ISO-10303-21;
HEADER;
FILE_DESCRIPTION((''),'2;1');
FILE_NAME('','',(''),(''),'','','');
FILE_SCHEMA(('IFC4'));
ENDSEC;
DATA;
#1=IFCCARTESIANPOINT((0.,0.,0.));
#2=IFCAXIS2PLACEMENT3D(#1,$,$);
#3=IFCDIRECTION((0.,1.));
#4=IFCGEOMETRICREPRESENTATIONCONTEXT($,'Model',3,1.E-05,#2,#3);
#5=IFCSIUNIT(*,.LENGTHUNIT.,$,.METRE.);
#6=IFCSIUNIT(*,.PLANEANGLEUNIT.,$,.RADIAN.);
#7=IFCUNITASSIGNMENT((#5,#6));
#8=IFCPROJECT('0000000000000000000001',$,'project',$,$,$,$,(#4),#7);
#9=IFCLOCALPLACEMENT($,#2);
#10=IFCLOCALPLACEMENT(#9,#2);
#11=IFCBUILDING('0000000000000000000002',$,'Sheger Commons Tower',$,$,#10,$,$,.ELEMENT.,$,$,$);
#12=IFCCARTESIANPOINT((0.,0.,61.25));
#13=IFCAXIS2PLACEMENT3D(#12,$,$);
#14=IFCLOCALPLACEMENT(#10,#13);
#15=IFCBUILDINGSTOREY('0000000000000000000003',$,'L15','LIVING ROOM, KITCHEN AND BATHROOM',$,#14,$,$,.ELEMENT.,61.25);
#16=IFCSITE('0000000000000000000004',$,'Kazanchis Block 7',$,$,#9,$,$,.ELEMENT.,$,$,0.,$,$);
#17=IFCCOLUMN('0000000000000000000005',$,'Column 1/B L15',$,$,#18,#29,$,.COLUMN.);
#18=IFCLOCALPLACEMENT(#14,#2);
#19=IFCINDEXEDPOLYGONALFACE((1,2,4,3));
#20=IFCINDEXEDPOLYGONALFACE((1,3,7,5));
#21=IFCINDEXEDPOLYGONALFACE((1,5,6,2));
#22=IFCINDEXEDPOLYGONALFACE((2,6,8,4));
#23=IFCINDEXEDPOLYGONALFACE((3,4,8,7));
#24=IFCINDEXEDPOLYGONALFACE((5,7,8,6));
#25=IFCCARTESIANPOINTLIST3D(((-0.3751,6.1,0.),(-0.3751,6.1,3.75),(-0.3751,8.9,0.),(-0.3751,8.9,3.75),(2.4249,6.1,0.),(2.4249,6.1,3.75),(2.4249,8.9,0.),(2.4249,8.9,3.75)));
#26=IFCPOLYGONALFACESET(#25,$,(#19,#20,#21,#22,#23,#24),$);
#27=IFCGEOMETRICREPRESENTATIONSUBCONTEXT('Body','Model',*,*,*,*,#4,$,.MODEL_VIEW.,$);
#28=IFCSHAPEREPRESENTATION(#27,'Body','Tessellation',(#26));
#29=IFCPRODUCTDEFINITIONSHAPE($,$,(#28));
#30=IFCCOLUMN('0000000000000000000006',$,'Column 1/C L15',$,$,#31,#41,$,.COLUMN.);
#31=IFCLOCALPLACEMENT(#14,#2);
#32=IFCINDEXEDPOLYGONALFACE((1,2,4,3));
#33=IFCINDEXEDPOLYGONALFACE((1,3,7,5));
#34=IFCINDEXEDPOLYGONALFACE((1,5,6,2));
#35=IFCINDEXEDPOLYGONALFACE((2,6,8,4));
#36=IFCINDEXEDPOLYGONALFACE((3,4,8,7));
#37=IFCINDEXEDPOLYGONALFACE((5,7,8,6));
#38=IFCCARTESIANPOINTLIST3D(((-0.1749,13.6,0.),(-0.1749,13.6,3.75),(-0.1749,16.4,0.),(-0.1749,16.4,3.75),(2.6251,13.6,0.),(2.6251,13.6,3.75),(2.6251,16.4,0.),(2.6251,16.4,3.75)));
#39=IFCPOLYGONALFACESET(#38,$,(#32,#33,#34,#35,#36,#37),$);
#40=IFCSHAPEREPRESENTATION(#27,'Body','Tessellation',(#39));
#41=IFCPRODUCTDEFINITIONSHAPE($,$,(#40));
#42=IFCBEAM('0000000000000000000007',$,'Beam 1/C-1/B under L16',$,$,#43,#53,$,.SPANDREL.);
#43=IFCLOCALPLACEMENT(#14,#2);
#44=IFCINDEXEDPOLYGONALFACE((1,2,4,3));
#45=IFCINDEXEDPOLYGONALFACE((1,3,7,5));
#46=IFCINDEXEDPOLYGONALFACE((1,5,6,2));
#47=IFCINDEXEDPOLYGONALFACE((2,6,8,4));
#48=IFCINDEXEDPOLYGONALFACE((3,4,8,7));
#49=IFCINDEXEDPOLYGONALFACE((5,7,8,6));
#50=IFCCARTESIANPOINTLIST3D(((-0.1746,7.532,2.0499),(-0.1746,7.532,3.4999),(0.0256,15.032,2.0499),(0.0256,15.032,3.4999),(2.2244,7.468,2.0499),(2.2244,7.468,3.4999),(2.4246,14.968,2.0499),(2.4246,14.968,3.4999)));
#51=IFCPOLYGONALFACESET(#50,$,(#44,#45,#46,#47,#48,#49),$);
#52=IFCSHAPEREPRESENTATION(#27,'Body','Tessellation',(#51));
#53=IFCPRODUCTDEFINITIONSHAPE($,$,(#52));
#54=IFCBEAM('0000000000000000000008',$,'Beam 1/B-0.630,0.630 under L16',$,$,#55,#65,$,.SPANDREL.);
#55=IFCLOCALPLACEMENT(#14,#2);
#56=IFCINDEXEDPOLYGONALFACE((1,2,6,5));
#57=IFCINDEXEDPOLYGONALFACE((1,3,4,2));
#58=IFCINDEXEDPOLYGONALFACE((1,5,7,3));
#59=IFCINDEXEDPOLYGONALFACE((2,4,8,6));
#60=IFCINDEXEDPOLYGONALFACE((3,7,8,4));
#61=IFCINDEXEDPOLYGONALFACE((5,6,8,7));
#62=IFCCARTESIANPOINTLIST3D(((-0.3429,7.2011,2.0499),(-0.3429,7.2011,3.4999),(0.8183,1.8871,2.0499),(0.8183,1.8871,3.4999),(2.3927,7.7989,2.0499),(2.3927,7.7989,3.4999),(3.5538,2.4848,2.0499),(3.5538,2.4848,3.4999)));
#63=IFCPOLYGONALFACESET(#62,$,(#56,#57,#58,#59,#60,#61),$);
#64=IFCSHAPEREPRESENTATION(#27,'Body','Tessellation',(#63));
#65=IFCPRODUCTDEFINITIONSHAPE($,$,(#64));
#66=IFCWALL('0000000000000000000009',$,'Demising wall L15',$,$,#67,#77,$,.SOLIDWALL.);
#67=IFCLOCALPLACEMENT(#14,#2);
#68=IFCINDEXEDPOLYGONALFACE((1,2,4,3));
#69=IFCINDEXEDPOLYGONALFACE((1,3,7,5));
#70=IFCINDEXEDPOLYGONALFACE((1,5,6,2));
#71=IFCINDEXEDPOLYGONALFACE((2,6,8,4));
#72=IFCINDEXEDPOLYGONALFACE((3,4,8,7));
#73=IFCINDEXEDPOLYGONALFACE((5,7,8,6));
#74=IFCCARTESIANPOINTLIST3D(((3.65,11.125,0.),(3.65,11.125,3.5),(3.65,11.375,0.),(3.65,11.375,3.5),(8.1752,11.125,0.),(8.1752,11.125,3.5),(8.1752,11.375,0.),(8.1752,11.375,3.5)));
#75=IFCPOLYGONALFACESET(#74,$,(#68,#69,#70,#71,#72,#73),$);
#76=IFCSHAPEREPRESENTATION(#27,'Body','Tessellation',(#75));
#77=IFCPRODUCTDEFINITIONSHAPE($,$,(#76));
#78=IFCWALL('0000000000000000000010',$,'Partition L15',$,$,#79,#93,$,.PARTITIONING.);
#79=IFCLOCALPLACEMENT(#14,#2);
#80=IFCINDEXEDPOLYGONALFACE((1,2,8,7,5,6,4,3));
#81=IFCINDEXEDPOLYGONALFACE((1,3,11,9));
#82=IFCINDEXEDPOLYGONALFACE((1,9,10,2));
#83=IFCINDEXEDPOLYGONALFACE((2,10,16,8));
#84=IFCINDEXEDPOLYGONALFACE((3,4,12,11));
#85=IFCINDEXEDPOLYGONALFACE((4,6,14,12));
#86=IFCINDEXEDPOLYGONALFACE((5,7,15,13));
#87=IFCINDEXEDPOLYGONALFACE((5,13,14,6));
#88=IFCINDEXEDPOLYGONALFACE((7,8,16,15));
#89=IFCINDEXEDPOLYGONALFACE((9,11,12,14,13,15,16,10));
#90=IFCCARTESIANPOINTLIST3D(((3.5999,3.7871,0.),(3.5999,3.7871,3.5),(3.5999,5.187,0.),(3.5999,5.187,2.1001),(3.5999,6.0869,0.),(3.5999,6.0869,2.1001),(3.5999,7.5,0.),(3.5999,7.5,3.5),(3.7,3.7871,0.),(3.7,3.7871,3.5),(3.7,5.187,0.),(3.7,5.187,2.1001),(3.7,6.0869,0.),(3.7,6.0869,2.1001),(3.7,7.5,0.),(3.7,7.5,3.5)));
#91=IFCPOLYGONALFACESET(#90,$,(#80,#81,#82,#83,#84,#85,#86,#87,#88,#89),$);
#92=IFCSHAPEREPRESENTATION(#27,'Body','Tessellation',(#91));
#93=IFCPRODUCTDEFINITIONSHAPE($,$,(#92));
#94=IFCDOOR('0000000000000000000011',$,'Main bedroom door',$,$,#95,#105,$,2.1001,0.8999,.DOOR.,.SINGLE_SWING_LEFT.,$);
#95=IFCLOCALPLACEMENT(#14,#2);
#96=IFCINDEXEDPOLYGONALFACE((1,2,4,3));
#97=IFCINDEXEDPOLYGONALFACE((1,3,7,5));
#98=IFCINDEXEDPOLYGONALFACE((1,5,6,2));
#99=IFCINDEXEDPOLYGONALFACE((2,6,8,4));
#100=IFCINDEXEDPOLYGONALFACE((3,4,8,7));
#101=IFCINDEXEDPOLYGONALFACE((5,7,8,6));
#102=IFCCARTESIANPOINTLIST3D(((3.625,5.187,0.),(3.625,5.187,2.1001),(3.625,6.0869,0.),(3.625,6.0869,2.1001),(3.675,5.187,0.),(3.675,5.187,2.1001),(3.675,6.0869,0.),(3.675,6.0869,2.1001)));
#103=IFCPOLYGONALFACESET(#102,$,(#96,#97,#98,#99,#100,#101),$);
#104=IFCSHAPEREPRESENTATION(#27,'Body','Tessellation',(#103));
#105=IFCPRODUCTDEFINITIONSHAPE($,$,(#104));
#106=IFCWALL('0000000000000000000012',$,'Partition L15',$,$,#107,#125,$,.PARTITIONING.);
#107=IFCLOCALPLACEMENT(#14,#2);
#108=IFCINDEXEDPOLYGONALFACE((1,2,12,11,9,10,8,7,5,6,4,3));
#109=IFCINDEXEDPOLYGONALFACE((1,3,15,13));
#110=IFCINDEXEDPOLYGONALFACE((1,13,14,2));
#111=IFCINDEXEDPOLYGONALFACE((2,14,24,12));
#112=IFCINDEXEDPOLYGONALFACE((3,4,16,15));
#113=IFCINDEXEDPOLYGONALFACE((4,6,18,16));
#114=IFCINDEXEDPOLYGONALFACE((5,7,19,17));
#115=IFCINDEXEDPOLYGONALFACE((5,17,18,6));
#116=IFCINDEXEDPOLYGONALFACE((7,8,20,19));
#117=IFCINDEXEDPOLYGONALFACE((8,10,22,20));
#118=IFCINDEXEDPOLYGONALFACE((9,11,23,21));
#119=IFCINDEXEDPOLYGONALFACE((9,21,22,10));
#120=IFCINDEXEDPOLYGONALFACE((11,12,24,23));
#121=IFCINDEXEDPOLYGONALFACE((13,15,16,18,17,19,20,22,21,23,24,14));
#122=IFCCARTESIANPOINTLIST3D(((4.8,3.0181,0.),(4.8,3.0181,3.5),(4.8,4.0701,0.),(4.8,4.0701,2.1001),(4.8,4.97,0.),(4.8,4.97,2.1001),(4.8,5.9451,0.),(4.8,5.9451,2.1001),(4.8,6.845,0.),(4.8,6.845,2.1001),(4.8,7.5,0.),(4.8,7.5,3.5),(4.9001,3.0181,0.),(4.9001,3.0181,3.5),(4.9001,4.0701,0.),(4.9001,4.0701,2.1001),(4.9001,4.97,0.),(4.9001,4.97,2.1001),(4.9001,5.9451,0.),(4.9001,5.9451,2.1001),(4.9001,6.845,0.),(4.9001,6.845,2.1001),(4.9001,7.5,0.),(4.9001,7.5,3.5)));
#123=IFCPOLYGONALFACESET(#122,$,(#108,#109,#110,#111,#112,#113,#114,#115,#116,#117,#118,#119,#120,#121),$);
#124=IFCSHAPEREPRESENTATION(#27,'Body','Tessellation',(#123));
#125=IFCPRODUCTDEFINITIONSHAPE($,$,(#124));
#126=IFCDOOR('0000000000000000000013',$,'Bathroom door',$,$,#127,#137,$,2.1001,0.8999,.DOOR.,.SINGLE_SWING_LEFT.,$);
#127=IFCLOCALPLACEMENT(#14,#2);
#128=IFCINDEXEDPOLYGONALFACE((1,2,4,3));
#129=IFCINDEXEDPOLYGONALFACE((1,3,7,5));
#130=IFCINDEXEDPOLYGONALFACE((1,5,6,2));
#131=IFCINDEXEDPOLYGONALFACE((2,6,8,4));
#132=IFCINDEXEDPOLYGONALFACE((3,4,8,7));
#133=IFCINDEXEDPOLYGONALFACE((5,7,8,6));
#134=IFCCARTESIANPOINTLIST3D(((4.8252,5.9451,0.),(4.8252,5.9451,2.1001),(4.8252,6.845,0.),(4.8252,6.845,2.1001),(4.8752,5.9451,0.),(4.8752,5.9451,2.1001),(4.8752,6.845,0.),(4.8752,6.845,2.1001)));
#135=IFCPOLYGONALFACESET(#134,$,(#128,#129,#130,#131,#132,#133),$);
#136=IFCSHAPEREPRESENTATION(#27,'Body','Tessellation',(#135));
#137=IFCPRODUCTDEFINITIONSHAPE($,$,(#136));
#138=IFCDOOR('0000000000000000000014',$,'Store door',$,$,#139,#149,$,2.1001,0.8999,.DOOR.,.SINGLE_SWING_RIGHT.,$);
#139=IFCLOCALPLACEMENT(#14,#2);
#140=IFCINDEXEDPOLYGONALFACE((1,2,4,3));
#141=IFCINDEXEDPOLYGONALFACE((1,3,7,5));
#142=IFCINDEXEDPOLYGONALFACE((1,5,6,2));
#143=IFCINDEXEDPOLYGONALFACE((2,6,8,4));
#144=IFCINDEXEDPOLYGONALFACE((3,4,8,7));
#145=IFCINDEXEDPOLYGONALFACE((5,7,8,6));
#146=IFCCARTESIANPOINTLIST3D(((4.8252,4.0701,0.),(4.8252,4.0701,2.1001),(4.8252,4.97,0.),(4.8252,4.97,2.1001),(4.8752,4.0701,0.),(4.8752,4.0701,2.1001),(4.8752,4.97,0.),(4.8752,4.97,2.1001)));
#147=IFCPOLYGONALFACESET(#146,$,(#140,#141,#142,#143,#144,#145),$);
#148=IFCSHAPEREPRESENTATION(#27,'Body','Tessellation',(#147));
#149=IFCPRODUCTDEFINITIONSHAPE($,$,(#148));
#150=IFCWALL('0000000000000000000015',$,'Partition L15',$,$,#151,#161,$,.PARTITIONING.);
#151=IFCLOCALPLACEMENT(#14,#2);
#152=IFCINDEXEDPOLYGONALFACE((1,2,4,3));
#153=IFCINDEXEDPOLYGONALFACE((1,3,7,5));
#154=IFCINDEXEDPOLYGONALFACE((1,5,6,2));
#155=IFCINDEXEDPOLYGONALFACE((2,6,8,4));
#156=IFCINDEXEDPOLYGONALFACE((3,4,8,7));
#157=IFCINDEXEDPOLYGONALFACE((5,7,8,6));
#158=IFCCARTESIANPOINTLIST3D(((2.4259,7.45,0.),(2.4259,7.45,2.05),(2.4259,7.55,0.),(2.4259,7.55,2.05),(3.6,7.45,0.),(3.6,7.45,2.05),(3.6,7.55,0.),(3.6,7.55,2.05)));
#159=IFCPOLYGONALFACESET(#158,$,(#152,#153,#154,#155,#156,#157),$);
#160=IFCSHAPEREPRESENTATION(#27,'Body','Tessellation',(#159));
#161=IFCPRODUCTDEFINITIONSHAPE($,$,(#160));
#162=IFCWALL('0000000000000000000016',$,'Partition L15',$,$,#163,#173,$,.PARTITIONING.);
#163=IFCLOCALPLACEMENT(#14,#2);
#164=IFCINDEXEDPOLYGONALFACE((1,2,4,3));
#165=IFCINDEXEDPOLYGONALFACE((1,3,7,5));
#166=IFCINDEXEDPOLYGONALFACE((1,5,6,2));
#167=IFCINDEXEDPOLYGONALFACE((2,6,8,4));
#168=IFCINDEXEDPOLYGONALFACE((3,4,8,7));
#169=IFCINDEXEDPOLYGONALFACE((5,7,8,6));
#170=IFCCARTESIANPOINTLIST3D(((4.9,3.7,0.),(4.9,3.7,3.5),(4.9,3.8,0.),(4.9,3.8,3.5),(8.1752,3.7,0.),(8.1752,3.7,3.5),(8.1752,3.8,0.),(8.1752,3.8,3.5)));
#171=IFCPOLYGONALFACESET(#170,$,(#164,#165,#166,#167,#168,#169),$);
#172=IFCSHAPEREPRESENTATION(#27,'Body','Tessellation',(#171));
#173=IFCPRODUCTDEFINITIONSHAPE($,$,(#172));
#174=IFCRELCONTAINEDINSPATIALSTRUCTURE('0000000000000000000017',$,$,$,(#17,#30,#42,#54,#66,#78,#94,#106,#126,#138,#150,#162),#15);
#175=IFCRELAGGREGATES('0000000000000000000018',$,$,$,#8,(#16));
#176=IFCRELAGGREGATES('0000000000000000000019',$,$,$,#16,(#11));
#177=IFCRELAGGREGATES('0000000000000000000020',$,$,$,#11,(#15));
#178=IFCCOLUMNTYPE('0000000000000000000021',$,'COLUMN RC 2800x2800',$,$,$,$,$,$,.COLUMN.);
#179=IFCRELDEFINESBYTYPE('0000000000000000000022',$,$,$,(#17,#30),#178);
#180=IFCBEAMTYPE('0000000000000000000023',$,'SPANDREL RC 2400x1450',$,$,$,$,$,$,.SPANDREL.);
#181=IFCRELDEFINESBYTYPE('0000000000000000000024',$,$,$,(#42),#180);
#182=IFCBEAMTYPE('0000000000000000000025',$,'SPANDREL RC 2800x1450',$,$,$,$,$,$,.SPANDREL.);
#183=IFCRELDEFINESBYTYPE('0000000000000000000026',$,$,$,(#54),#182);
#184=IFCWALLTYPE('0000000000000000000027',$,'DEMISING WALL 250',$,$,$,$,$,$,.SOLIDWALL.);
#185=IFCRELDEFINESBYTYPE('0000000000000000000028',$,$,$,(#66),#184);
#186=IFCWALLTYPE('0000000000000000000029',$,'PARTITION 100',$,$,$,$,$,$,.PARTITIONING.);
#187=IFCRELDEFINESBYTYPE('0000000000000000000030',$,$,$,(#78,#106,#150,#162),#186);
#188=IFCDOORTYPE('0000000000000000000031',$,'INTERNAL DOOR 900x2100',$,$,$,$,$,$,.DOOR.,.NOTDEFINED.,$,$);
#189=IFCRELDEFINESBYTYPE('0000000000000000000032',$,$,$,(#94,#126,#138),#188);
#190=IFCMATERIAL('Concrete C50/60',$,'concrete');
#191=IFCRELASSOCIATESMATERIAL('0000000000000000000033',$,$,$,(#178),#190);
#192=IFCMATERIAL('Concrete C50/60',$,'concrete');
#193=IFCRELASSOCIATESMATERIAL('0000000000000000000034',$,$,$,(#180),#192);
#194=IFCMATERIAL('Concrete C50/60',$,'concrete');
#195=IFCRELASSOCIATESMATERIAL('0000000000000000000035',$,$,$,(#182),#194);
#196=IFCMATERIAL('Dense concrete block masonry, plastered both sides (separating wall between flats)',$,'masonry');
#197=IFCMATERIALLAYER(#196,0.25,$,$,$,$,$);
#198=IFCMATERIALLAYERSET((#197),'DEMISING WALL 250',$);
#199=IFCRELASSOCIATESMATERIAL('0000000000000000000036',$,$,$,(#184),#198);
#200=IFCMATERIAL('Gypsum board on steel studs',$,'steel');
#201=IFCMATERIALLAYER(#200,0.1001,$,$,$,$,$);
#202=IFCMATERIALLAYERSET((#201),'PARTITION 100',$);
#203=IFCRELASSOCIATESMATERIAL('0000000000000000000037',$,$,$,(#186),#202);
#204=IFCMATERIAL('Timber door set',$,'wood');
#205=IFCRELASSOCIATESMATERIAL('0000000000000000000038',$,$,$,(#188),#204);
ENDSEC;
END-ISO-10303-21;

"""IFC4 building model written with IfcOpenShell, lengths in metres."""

from ifc_helpers import new_model, si_unit, direction, frame, frame_2d, origin, origin_2d, place, context, subcontext, project, spatial, rectangle, extrude, material, layer, layer_set, material_profile, profile_set, type_object, element, fill, save


model = new_model("IFC4")

# Units and contexts
model_context = context("Model", 3, precision=1e-05, world=origin(), true_north=direction((0.0, 1.0)))
body_context = subcontext(model_context, "Body", "Model", "MODEL_VIEW")
ifc_project = project(units=[si_unit("LENGTHUNIT", "METRE"), si_unit("PLANEANGLEUNIT", "RADIAN")], contexts=[model_context])

# Site, building, storey
site_placement = place(None, origin())
site = spatial("IfcSite", under=ifc_project, at=site_placement, Name="Kazanchis Block 7", CompositionType="ELEMENT", RefElevation=0.0)
building_placement = place(site_placement, origin())
building = spatial("IfcBuilding", under=site, at=building_placement, Name="Sheger Commons Tower", CompositionType="ELEMENT")
storey_placement = place(building_placement, frame((0.0, 0.0, 61.25)))
storey = spatial("IfcBuildingStorey", under=building, at=storey_placement, Name="L15", Description="LIVING ROOM, KITCHEN AND BATHROOM", CompositionType="ELEMENT", Elevation=61.25)

# Columns
ifc_material_1 = material(Name="Concrete C50/60", Category="concrete")
ifc_material_profile_1 = material_profile(ifc_material_1, rectangle(XDim=2.8, YDim=2.8, at=origin_2d()), Name="RC 2800x2800")
ifc_profile_set_1 = profile_set([ifc_material_profile_1], Name="Concrete C50/60")
column_type = type_object("IfcColumnType", Name="COLUMN RC 2800x2800", PredefinedType="COLUMN", material=ifc_profile_set_1)
for number, where, z_axis, x_axis, name in (
    (1, (1.0249, 7.5, 0.0), (0.0, 0.0, 1.0), (1.0, 0.0, 0.0), "Column 1/B L15"),
    (2, (1.2251, 15.0, 0.0), (0.0, 0.0, 1.0), (1.0, 0.0, 0.0), "Column 1/C L15"),
):
    element("IfcColumn", number, at=place(storey_placement, frame(where, z_axis=z_axis, x_axis=x_axis)), inside=storey, type_object=column_type, Name=name, PredefinedType="COLUMN", context=body_context, shape_type="SweptSolid", body=[
        extrude(rectangle(XDim=2.8, YDim=2.8, at=origin_2d()), origin(), (0.0, 0.0, 1.0), 3.75),
    ])

# Beams
ifc_material_2 = material(Name="Concrete C50/60", Category="concrete")
ifc_material_profile_2 = material_profile(ifc_material_2, rectangle(XDim=2.3999, YDim=1.45, at=origin_2d()), Name="RC 2400x1450")
ifc_profile_set_2 = profile_set([ifc_material_profile_2], Name="Concrete C50/60")
beam_type_1 = type_object("IfcBeamType", Name="SPANDREL RC 2400x1450", PredefinedType="SPANDREL", material=ifc_profile_set_2)
beam_1_placement = place(storey_placement, frame((1.2251, 15.0, 2.7749), z_axis=(-0.026683, -0.999644, 0.0), x_axis=(0.999644, -0.026683, 0.0)))
element("IfcBeam", 3, at=beam_1_placement, inside=storey, type_object=beam_type_1, Name="Beam 1/C-1/B under L16", PredefinedType="SPANDREL", context=body_context, shape_type="SweptSolid", body=[
    extrude(rectangle(XDim=2.3999, YDim=1.45, at=origin_2d()), origin(), (0.0, 0.0, 1.0), 7.5027),
])
ifc_material_3 = material(Name="Concrete C50/60", Category="concrete")
ifc_material_profile_3 = material_profile(ifc_material_3, rectangle(XDim=2.8, YDim=1.45, at=origin_2d()), Name="RC 2800x1450")
ifc_profile_set_3 = profile_set([ifc_material_profile_3], Name="Concrete C50/60")
beam_type_2 = type_object("IfcBeamType", Name="SPANDREL RC 2800x1450", PredefinedType="SPANDREL", material=ifc_profile_set_3)
beam_2_placement = place(storey_placement, frame((1.0249, 7.5, 2.7749), z_axis=(0.213469, -0.97695, 0.0), x_axis=(0.97695, 0.213469, 0.0)))
element("IfcBeam", 4, at=beam_2_placement, inside=storey, type_object=beam_type_2, Name="Beam 1/B-0.630,0.630 under L16", PredefinedType="SPANDREL", context=body_context, shape_type="SweptSolid", body=[
    extrude(rectangle(XDim=2.8, YDim=1.45, at=origin_2d()), origin(), (0.0, 0.0, 1.0), 5.4395),
])

# Wall
ifc_material_4 = material(Name="Dense concrete block masonry, plastered both sides (separating wall between flats)", Category="masonry")
ifc_layer_1 = layer(ifc_material_4, 0.25)
ifc_layer_set_1 = layer_set([ifc_layer_1], Name="DEMISING WALL 250")
wall_type_1 = type_object("IfcWallType", Name="DEMISING WALL 250", PredefinedType="SOLIDWALL", material=ifc_layer_set_1)
wall_1_placement = place(storey_placement, frame((3.6499, 11.25, 0.0), z_axis=(0.0, 0.0, 1.0), x_axis=(1.0, 0.0, 0.0)))
element("IfcWall", 5, at=wall_1_placement, inside=storey, type_object=wall_type_1, Name="Demising wall L15", PredefinedType="SOLIDWALL", context=body_context, shape_type="SweptSolid", body=[
    extrude(rectangle(XDim=4.5251, YDim=0.25, at=frame_2d((2.2627, 0.0))), origin(), (0.0, 0.0, 1.0), 3.5),
])

# Wall, opening, door
ifc_material_5 = material(Name="Gypsum board on steel studs", Category="steel")
ifc_layer_2 = layer(ifc_material_5, 0.1001)
ifc_layer_set_2 = layer_set([ifc_layer_2], Name="PARTITION 100")
wall_type_2 = type_object("IfcWallType", Name="PARTITION 100", PredefinedType="PARTITIONING", material=ifc_layer_set_2)
wall_2_placement = place(storey_placement, frame((3.6499, 3.7871, 0.0), z_axis=(0.0, 0.0, 1.0), x_axis=(0.0, 1.0, 0.0)))
wall_2 = element("IfcWall", 6, at=wall_2_placement, inside=storey, type_object=wall_type_2, Name="Partition L15", PredefinedType="PARTITIONING", context=body_context, shape_type="SweptSolid", body=[
    extrude(rectangle(XDim=3.7129, YDim=0.1001, at=frame_2d((1.8564, 0.0))), origin(), (0.0, 0.0, 1.0), 3.5),
])
opening_1_placement = place(wall_2_placement, frame((1.3999, 0.0, 0.0)))
opening_1 = element("IfcOpeningElement", 7, at=opening_1_placement, cuts=wall_2, PredefinedType="OPENING", context=body_context, shape_type="SweptSolid", body=[
    extrude(rectangle(XDim=0.8999, YDim=2.1001, at=frame_2d((0.45, 1.05))), frame((0.0, 0.0601, 0.0), z_axis=(0.0, -1.0, 0.0), x_axis=(1.0, 0.0, 0.0)), (0.0, 0.0, 1.0), 0.1201),
])
ifc_material_6 = material(Name="Timber door set", Category="wood")
door_type = type_object("IfcDoorType", Name="INTERNAL DOOR 900x2100", OperationType="NOTDEFINED", PredefinedType="DOOR", material=ifc_material_6)
door_1_placement = place(opening_1_placement, origin())
door_1 = element("IfcDoor", 8, at=door_1_placement, inside=storey, type_object=door_type, Name="Main bedroom door", OperationType="SINGLE_SWING_LEFT", OverallHeight=2.1001, OverallWidth=0.8999, PredefinedType="DOOR", context=body_context, shape_type="SweptSolid", body=[
    extrude(rectangle(XDim=0.8999, YDim=2.1001, at=frame_2d((0.45, 1.05))), frame((0.0, 0.0249, 0.0), z_axis=(0.0, -1.0, 0.0), x_axis=(1.0, 0.0, 0.0)), (0.0, 0.0, 1.0), 0.05),
])
fill(opening_1, door_1)

# Wall, openings, doors
wall_3_placement = place(storey_placement, frame((4.8501, 3.0181, 0.0), z_axis=(0.0, 0.0, 1.0), x_axis=(0.0, 1.0, 0.0)))
wall_3 = element("IfcWall", 9, at=wall_3_placement, inside=storey, type_object=wall_type_2, Name="Partition L15", PredefinedType="PARTITIONING", context=body_context, shape_type="SweptSolid", body=[
    extrude(rectangle(XDim=4.4819, YDim=0.1001, at=frame_2d((2.241, 0.0))), origin(), (0.0, 0.0, 1.0), 3.5),
])
opening_2_placement = place(wall_3_placement, frame((2.927, 0.0, 0.0)))
opening_2 = element("IfcOpeningElement", 10, at=opening_2_placement, cuts=wall_3, PredefinedType="OPENING", context=body_context, shape_type="SweptSolid", body=[
    extrude(rectangle(XDim=0.8999, YDim=2.1001, at=frame_2d((0.45, 1.05))), frame((0.0, 0.0601, 0.0), z_axis=(0.0, -1.0, 0.0), x_axis=(1.0, 0.0, 0.0)), (0.0, 0.0, 1.0), 0.1201),
])
opening_3_placement = place(wall_3_placement, frame((1.052, 0.0, 0.0)))
opening_3 = element("IfcOpeningElement", 11, at=opening_3_placement, cuts=wall_3, PredefinedType="OPENING", context=body_context, shape_type="SweptSolid", body=[
    extrude(rectangle(XDim=0.8999, YDim=2.1001, at=frame_2d((0.45, 1.05))), frame((0.0, 0.0601, 0.0), z_axis=(0.0, -1.0, 0.0), x_axis=(1.0, 0.0, 0.0)), (0.0, 0.0, 1.0), 0.1201),
])
door_2_placement = place(opening_2_placement, origin())
door_2 = element("IfcDoor", 12, at=door_2_placement, inside=storey, type_object=door_type, Name="Bathroom door", OperationType="SINGLE_SWING_LEFT", OverallHeight=2.1001, OverallWidth=0.8999, PredefinedType="DOOR", context=body_context, shape_type="SweptSolid", body=[
    extrude(rectangle(XDim=0.8999, YDim=2.1001, at=frame_2d((0.45, 1.05))), frame((0.0, 0.0249, 0.0), z_axis=(0.0, -1.0, 0.0), x_axis=(1.0, 0.0, 0.0)), (0.0, 0.0, 1.0), 0.05),
])
fill(opening_2, door_2)
door_3_placement = place(opening_3_placement, origin())
door_3 = element("IfcDoor", 13, at=door_3_placement, inside=storey, type_object=door_type, Name="Store door", OperationType="SINGLE_SWING_RIGHT", OverallHeight=2.1001, OverallWidth=0.8999, PredefinedType="DOOR", context=body_context, shape_type="SweptSolid", body=[
    extrude(rectangle(XDim=0.8999, YDim=2.1001, at=frame_2d((0.45, 1.05))), frame((0.0, 0.0249, 0.0), z_axis=(0.0, -1.0, 0.0), x_axis=(1.0, 0.0, 0.0)), (0.0, 0.0, 1.0), 0.05),
])
fill(opening_3, door_3)

# Walls
wall_4_placement = place(storey_placement, frame((2.426, 7.5, 0.0), z_axis=(0.0, 0.0, 1.0), x_axis=(1.0, 0.0, 0.0)))
element("IfcWall", 14, at=wall_4_placement, inside=storey, type_object=wall_type_2, Name="Partition L15", PredefinedType="PARTITIONING", context=body_context, shape_type="SweptSolid", body=[
    extrude(rectangle(XDim=1.1741, YDim=0.1001, at=frame_2d((0.5869, 0.0))), origin(), (0.0, 0.0, 1.0), 2.05),
])
wall_5_placement = place(storey_placement, frame((4.8999, 3.75, 0.0), z_axis=(0.0, 0.0, 1.0), x_axis=(1.0, 0.0, 0.0)))
element("IfcWall", 15, at=wall_5_placement, inside=storey, type_object=wall_type_2, Name="Partition L15", PredefinedType="PARTITIONING", context=body_context, shape_type="SweptSolid", body=[
    extrude(rectangle(XDim=3.2751, YDim=0.1001, at=frame_2d((1.6377, 0.0))), origin(), (0.0, 0.0, 1.0), 3.5),
])

save(model, "model.ifc")
